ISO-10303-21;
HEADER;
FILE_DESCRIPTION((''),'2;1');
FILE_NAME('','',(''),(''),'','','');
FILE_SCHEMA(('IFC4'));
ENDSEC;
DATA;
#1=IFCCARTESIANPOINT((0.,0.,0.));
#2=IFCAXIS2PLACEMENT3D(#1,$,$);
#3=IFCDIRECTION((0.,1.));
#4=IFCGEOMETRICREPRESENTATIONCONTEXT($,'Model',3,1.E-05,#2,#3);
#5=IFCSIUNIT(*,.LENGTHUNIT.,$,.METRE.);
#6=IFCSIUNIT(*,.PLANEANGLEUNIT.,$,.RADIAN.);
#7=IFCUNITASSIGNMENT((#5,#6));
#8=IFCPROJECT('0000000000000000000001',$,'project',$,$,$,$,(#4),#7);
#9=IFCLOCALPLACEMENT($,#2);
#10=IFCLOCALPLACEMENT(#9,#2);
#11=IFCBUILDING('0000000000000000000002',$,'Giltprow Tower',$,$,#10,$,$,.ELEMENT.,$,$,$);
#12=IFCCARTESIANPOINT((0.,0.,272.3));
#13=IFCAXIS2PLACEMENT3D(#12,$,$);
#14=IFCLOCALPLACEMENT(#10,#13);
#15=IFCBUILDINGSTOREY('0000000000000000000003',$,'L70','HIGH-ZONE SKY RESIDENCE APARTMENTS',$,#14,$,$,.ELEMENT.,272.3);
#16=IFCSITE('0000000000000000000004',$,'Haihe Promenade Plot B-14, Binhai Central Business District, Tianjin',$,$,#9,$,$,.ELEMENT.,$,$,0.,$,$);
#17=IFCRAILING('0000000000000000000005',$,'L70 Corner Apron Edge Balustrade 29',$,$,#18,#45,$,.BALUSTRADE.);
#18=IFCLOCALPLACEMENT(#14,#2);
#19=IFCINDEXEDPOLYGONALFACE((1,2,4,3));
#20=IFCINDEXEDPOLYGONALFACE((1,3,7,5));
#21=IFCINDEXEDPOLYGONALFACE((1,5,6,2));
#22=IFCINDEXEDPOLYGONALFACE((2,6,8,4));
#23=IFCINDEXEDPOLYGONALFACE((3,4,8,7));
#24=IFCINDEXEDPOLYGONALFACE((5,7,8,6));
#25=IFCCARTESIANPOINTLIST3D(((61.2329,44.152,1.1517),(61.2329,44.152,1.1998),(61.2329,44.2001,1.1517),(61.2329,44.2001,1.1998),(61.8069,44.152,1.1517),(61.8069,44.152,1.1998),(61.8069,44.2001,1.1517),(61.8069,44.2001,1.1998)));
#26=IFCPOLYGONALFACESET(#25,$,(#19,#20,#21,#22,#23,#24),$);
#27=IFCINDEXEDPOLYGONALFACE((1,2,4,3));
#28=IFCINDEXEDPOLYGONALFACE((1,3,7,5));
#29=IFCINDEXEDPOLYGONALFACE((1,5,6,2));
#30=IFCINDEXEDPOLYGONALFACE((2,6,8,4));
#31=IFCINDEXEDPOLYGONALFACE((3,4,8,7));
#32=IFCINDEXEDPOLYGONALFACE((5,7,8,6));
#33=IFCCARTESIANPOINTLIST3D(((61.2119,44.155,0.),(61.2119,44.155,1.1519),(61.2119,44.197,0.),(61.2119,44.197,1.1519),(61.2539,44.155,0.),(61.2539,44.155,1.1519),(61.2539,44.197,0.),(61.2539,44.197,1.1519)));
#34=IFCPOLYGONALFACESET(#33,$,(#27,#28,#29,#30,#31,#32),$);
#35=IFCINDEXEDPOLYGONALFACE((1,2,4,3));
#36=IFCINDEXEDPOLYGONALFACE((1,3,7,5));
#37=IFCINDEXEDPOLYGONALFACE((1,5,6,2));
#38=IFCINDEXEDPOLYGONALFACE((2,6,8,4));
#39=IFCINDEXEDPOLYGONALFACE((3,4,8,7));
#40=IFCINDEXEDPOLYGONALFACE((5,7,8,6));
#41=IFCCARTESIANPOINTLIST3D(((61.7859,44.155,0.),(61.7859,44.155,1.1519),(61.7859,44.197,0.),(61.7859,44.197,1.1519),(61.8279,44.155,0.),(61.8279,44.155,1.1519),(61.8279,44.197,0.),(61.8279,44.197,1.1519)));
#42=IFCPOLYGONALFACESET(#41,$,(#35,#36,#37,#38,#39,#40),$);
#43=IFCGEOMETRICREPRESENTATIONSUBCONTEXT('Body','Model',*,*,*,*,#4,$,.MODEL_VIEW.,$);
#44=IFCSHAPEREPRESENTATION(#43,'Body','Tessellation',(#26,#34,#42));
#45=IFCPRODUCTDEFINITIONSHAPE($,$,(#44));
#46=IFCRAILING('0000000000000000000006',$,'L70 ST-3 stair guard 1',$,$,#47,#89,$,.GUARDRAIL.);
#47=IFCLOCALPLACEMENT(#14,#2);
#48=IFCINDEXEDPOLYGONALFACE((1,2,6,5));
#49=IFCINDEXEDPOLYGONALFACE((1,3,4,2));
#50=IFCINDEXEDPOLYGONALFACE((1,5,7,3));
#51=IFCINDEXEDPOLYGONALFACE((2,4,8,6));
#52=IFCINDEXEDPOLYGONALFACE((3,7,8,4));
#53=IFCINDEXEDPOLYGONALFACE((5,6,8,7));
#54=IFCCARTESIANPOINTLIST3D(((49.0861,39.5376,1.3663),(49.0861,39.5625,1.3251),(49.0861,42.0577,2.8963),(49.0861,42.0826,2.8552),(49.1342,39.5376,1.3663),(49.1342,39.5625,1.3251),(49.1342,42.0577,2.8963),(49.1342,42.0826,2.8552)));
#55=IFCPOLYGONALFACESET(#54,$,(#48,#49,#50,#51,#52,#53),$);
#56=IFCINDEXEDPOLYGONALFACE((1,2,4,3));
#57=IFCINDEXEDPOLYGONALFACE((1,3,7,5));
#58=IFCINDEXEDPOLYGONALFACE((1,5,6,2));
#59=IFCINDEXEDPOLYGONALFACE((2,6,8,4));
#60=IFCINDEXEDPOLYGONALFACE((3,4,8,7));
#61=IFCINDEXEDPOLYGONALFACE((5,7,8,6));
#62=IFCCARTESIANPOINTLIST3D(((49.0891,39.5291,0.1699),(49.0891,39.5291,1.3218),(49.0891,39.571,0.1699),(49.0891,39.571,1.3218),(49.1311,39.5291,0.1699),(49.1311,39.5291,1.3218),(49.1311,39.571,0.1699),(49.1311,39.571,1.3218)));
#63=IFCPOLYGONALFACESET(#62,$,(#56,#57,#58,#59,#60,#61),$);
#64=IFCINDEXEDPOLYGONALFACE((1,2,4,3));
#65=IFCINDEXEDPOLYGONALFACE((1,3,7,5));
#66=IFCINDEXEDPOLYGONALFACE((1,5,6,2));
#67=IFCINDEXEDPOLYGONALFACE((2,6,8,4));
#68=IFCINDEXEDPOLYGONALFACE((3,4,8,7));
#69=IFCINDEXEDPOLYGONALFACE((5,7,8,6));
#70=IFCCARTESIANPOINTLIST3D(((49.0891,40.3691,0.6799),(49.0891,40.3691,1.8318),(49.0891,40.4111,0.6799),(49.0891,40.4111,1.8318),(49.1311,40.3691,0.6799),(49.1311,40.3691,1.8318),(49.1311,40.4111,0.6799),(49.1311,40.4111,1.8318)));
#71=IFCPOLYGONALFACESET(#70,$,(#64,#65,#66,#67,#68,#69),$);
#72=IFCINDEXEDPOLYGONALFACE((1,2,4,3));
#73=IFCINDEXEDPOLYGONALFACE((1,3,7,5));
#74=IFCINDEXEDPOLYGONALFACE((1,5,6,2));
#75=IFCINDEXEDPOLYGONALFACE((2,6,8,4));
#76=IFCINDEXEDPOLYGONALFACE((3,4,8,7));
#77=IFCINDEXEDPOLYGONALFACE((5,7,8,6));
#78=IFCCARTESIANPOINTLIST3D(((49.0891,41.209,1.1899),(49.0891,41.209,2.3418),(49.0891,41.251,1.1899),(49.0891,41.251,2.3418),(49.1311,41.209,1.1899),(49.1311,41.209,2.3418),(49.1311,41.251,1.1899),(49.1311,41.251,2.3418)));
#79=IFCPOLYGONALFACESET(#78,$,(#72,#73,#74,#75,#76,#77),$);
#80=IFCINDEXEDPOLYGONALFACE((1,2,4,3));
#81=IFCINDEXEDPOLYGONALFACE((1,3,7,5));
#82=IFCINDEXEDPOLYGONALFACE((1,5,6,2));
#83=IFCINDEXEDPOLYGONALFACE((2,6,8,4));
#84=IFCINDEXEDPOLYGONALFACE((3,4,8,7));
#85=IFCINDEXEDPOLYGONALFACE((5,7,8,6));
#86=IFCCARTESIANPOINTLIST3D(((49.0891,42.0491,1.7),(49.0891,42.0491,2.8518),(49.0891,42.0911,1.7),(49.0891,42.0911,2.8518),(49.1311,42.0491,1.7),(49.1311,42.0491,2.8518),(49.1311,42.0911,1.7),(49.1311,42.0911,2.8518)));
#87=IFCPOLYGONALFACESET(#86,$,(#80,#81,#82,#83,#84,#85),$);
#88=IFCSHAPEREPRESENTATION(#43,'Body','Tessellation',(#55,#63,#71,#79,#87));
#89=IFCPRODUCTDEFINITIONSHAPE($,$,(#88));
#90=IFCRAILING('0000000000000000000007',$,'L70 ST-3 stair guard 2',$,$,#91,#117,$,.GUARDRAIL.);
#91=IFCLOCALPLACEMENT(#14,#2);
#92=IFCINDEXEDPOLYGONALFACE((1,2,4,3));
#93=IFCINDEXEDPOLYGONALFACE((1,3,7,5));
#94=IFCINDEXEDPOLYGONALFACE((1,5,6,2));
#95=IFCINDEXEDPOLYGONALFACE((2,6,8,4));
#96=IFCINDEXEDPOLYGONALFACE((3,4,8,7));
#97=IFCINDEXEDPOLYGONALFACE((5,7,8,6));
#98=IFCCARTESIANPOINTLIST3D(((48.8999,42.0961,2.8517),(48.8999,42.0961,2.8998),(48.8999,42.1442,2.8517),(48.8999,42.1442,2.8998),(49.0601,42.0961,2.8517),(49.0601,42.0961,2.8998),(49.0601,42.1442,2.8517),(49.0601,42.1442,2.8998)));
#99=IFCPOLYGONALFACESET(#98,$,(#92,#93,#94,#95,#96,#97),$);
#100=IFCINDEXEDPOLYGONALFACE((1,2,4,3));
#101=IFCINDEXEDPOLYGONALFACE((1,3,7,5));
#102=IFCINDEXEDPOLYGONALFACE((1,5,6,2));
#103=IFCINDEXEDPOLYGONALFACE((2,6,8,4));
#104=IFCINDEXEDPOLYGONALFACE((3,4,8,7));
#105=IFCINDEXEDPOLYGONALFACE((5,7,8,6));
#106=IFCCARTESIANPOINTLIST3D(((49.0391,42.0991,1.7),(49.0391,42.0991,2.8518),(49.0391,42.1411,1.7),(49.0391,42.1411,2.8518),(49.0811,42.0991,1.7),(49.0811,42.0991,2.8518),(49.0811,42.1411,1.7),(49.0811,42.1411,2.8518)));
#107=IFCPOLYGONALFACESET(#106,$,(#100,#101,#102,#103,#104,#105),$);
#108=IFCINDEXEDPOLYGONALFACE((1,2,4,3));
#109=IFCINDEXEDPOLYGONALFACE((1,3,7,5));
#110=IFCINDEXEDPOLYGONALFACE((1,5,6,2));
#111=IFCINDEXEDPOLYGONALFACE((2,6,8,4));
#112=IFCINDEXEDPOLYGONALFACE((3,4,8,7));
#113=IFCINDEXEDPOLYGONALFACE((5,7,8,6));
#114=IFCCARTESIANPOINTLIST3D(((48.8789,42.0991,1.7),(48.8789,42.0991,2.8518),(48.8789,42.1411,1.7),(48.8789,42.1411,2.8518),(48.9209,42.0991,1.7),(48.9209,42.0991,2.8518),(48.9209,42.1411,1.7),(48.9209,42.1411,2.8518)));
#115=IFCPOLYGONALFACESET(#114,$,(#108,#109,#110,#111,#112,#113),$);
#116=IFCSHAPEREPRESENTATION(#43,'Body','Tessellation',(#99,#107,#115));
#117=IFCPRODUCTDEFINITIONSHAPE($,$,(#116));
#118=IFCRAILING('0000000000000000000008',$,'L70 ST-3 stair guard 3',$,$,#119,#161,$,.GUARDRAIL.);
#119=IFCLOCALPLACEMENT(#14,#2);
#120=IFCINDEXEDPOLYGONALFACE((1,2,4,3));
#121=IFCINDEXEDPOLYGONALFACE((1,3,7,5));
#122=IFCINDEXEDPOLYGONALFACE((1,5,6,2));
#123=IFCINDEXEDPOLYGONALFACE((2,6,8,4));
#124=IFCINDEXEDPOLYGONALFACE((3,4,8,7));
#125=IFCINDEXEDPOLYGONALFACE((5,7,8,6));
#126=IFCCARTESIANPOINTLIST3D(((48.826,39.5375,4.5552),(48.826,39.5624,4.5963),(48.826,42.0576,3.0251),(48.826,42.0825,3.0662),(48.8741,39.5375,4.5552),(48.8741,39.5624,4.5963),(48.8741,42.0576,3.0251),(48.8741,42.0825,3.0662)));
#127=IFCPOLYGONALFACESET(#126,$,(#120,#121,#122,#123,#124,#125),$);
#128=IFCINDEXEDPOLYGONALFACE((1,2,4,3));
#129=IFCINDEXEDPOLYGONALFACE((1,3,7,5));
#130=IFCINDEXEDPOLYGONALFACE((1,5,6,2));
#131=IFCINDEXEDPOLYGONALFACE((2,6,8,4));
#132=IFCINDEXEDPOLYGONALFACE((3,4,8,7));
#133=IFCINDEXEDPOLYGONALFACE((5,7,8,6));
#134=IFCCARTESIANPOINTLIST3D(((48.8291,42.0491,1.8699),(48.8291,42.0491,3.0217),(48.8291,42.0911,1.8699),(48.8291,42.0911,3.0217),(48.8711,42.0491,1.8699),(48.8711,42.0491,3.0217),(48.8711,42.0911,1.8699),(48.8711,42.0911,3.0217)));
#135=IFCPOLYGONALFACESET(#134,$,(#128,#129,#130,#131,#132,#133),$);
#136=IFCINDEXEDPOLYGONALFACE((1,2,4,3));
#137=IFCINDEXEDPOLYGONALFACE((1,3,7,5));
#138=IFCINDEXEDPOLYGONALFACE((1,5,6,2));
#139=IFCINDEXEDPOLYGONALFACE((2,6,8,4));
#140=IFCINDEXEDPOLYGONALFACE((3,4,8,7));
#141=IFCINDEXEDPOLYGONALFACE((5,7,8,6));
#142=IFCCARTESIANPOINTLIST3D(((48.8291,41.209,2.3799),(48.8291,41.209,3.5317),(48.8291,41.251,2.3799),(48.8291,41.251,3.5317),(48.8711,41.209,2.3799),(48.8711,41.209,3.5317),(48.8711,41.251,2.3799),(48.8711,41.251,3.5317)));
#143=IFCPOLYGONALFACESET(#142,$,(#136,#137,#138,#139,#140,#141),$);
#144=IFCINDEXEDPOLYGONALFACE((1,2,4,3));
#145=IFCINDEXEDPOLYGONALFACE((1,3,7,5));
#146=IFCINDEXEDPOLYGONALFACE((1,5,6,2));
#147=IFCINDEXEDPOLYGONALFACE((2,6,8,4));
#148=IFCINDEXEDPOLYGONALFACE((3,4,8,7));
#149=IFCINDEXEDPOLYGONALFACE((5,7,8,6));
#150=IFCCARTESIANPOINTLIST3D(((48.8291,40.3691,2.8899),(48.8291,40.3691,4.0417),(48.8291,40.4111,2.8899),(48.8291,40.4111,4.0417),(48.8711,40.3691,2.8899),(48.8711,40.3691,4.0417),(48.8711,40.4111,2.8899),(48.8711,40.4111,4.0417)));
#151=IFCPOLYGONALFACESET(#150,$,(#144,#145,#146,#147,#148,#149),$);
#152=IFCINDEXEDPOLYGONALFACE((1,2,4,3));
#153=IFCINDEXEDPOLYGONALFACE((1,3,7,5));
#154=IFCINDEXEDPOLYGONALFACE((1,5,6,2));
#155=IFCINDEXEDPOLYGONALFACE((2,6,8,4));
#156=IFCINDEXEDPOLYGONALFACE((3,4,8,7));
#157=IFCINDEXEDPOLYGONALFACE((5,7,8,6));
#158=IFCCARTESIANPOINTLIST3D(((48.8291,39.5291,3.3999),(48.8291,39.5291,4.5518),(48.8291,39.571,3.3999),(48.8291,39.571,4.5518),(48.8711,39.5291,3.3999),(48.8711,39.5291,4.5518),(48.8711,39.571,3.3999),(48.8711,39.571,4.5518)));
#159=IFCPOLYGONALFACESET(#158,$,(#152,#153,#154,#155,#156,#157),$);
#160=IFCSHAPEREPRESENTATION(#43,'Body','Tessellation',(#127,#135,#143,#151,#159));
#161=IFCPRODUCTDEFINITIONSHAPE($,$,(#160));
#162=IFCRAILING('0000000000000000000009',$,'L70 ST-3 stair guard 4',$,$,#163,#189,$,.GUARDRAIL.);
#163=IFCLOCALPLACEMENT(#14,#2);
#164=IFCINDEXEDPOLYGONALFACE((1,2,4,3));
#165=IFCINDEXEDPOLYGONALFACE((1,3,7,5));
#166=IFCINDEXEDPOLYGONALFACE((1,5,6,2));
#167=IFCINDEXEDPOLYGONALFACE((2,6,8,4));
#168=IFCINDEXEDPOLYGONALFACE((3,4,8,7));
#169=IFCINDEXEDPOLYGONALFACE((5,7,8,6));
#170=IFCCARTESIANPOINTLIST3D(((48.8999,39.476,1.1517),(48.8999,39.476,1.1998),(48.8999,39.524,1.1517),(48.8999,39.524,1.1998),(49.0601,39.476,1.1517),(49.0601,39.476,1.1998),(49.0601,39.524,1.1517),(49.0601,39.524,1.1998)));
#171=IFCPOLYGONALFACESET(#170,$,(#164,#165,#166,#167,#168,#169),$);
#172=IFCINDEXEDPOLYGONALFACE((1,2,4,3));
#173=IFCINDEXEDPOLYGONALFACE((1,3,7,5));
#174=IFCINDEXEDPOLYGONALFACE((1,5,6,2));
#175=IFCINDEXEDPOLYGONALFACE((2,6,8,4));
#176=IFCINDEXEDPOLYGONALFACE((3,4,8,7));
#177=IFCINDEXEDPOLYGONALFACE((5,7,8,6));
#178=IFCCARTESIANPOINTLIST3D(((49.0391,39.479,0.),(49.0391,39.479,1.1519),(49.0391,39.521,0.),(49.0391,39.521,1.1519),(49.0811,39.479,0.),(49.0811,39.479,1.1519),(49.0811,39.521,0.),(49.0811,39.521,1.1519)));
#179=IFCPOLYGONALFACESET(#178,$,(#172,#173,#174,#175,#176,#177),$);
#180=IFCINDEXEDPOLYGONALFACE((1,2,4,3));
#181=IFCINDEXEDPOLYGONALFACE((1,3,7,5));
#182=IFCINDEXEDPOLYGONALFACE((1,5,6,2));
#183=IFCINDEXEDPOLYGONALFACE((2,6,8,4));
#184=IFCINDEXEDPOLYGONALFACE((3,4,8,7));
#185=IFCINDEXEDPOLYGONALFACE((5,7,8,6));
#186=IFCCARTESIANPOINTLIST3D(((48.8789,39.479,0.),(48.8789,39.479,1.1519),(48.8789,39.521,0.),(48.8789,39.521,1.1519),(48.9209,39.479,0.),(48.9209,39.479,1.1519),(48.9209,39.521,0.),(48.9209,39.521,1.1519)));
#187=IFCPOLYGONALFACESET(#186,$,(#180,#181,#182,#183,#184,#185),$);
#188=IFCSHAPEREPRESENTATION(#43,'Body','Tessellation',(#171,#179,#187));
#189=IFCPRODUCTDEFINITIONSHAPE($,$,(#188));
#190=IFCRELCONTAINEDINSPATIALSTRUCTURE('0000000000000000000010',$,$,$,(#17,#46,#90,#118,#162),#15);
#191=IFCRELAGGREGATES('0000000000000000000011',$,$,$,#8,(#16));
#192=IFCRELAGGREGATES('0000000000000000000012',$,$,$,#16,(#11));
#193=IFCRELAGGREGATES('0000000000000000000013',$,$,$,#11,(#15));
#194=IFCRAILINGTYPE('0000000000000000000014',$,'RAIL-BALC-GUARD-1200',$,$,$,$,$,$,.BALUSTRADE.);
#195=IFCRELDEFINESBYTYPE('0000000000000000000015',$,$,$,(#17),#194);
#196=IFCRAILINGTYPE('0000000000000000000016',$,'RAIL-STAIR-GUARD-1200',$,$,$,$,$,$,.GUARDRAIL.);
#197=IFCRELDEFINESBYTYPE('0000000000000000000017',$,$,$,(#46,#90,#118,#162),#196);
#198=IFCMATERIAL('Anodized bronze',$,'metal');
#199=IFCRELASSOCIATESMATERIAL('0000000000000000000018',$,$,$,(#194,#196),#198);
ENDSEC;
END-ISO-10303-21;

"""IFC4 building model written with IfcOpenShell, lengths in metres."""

from ifc_helpers import new_model, si_unit, direction, frame, origin, origin_2d, place, context, subcontext, project, spatial, rectangle, extrude, material, type_object, element, save


model = new_model("IFC4")

# Units and contexts
model_context = context("Model", 3, precision=1e-05, world=origin(), true_north=direction((0.0, 1.0)))
body_context = subcontext(model_context, "Body", "Model", "MODEL_VIEW")
ifc_project = project(units=[si_unit("LENGTHUNIT", "METRE"), si_unit("PLANEANGLEUNIT", "RADIAN")], contexts=[model_context])

# Site, building, storey
site_placement = place(None, origin())
site = spatial("IfcSite", under=ifc_project, at=site_placement, Name="Haihe Promenade Plot B-14, Binhai Central Business District, Tianjin", CompositionType="ELEMENT", RefElevation=0.0)
building_placement = place(site_placement, origin())
building = spatial("IfcBuilding", under=site, at=building_placement, Name="Giltprow Tower", CompositionType="ELEMENT")
storey_placement = place(building_placement, frame((0.0, 0.0, 272.3)))
storey = spatial("IfcBuildingStorey", under=building, at=storey_placement, Name="L70", Description="HIGH-ZONE SKY RESIDENCE APARTMENTS", CompositionType="ELEMENT", Elevation=272.3)

# Railings
ifc_material_1 = material(Name="Anodized bronze", Category="metal")
railing_type_1 = type_object("IfcRailingType", Name="RAIL-BALC-GUARD-1200", PredefinedType="BALUSTRADE", material=ifc_material_1)
railing_1_placement = place(storey_placement, frame((61.2329, 44.176, 0.0)))
element("IfcRailing", 1, at=railing_1_placement, inside=storey, type_object=railing_type_1, Name="L70 Corner Apron Edge Balustrade 29", PredefinedType="BALUSTRADE", context=body_context, shape_type="SweptSolid", body=[
    extrude(rectangle(XDim=0.0481, YDim=0.0481, at=origin_2d()), frame((0.0, 0.0, 1.1758), z_axis=(1.0, 0.0, 0.0), x_axis=(0.0, 1.0, 0.0)), (0.0, 0.0, 1.0), 0.574),
    extrude(rectangle(XDim=0.042, YDim=0.042, at=origin_2d()), origin(), (0.0, 0.0, 1.0), 1.1519),
    extrude(rectangle(XDim=0.042, YDim=0.042, at=origin_2d()), frame((0.574, 0.0, 0.0)), (0.0, 0.0, 1.0), 1.1519),
])
railing_type_2 = type_object("IfcRailingType", Name="RAIL-STAIR-GUARD-1200", PredefinedType="GUARDRAIL", material=ifc_material_1)
railing_2_placement = place(storey_placement, frame((49.1101, 39.55, 0.1699)))
element("IfcRailing", 2, at=railing_2_placement, inside=storey, type_object=railing_type_2, Name="L70 ST-3 stair guard 1", PredefinedType="GUARDRAIL", context=body_context, shape_type="SweptSolid", body=[
    extrude(rectangle(XDim=0.0481, YDim=0.0481, at=origin_2d()), frame((0.0, 0.0, 1.1758), z_axis=(0.0, 0.854785, 0.518982), x_axis=(-1.0, 0.0, 0.0)), (0.0, 0.0, 1.0), 2.9482),
    extrude(rectangle(XDim=0.042, YDim=0.042, at=origin_2d()), origin(), (0.0, 0.0, 1.0), 1.1519),
    extrude(rectangle(XDim=0.042, YDim=0.042, at=origin_2d()), frame((0.0, 0.8401, 0.51)), (0.0, 0.0, 1.0), 1.1519),
    extrude(rectangle(XDim=0.042, YDim=0.042, at=origin_2d()), frame((0.0, 1.6799, 1.02)), (0.0, 0.0, 1.0), 1.1519),
    extrude(rectangle(XDim=0.042, YDim=0.042, at=origin_2d()), frame((0.0, 2.52, 1.53)), (0.0, 0.0, 1.0), 1.1519),
])
railing_3_placement = place(storey_placement, frame((49.0601, 42.1201, 1.7)))
element("IfcRailing", 3, at=railing_3_placement, inside=storey, type_object=railing_type_2, Name="L70 ST-3 stair guard 2", PredefinedType="GUARDRAIL", context=body_context, shape_type="SweptSolid", body=[
    extrude(rectangle(XDim=0.0481, YDim=0.0481, at=origin_2d()), frame((0.0, 0.0, 1.1758), z_axis=(-1.0, 0.0, 0.0), x_axis=(0.0, -1.0, 0.0)), (0.0, 0.0, 1.0), 0.1602),
    extrude(rectangle(XDim=0.042, YDim=0.042, at=origin_2d()), origin(), (0.0, 0.0, 1.0), 1.1519),
    extrude(rectangle(XDim=0.042, YDim=0.042, at=origin_2d()), frame((-0.1602, 0.0, 0.0)), (0.0, 0.0, 1.0), 1.1519),
])
railing_4_placement = place(storey_placement, frame((48.8501, 42.0701, 1.8699)))
element("IfcRailing", 4, at=railing_4_placement, inside=storey, type_object=railing_type_2, Name="L70 ST-3 stair guard 3", PredefinedType="GUARDRAIL", context=body_context, shape_type="SweptSolid", body=[
    extrude(rectangle(XDim=0.0481, YDim=0.0481, at=origin_2d()), frame((0.0, 0.0, 1.1758), z_axis=(0.0, -0.854785, 0.518982), x_axis=(1.0, 0.0, 0.0)), (0.0, 0.0, 1.0), 2.9482),
    extrude(rectangle(XDim=0.042, YDim=0.042, at=origin_2d()), origin(), (0.0, 0.0, 1.0), 1.1519),
    extrude(rectangle(XDim=0.042, YDim=0.042, at=origin_2d()), frame((0.0, -0.8401, 0.51)), (0.0, 0.0, 1.0), 1.1519),
    extrude(rectangle(XDim=0.042, YDim=0.042, at=origin_2d()), frame((0.0, -1.6799, 1.02)), (0.0, 0.0, 1.0), 1.1519),
    extrude(rectangle(XDim=0.042, YDim=0.042, at=origin_2d()), frame((0.0, -2.52, 1.53)), (0.0, 0.0, 1.0), 1.1519),
])
railing_5_placement = place(storey_placement, frame((49.0601, 39.5, 0.0)))
element("IfcRailing", 5, at=railing_5_placement, inside=storey, type_object=railing_type_2, Name="L70 ST-3 stair guard 4", PredefinedType="GUARDRAIL", context=body_context, shape_type="SweptSolid", body=[
    extrude(rectangle(XDim=0.0481, YDim=0.0481, at=origin_2d()), frame((0.0, 0.0, 1.1758), z_axis=(-1.0, 0.0, 0.0), x_axis=(0.0, -1.0, 0.0)), (0.0, 0.0, 1.0), 0.1602),
    extrude(rectangle(XDim=0.042, YDim=0.042, at=origin_2d()), origin(), (0.0, 0.0, 1.0), 1.1519),
    extrude(rectangle(XDim=0.042, YDim=0.042, at=origin_2d()), frame((-0.1602, 0.0, 0.0)), (0.0, 0.0, 1.0), 1.1519),
])

save(model, "model.ifc")
